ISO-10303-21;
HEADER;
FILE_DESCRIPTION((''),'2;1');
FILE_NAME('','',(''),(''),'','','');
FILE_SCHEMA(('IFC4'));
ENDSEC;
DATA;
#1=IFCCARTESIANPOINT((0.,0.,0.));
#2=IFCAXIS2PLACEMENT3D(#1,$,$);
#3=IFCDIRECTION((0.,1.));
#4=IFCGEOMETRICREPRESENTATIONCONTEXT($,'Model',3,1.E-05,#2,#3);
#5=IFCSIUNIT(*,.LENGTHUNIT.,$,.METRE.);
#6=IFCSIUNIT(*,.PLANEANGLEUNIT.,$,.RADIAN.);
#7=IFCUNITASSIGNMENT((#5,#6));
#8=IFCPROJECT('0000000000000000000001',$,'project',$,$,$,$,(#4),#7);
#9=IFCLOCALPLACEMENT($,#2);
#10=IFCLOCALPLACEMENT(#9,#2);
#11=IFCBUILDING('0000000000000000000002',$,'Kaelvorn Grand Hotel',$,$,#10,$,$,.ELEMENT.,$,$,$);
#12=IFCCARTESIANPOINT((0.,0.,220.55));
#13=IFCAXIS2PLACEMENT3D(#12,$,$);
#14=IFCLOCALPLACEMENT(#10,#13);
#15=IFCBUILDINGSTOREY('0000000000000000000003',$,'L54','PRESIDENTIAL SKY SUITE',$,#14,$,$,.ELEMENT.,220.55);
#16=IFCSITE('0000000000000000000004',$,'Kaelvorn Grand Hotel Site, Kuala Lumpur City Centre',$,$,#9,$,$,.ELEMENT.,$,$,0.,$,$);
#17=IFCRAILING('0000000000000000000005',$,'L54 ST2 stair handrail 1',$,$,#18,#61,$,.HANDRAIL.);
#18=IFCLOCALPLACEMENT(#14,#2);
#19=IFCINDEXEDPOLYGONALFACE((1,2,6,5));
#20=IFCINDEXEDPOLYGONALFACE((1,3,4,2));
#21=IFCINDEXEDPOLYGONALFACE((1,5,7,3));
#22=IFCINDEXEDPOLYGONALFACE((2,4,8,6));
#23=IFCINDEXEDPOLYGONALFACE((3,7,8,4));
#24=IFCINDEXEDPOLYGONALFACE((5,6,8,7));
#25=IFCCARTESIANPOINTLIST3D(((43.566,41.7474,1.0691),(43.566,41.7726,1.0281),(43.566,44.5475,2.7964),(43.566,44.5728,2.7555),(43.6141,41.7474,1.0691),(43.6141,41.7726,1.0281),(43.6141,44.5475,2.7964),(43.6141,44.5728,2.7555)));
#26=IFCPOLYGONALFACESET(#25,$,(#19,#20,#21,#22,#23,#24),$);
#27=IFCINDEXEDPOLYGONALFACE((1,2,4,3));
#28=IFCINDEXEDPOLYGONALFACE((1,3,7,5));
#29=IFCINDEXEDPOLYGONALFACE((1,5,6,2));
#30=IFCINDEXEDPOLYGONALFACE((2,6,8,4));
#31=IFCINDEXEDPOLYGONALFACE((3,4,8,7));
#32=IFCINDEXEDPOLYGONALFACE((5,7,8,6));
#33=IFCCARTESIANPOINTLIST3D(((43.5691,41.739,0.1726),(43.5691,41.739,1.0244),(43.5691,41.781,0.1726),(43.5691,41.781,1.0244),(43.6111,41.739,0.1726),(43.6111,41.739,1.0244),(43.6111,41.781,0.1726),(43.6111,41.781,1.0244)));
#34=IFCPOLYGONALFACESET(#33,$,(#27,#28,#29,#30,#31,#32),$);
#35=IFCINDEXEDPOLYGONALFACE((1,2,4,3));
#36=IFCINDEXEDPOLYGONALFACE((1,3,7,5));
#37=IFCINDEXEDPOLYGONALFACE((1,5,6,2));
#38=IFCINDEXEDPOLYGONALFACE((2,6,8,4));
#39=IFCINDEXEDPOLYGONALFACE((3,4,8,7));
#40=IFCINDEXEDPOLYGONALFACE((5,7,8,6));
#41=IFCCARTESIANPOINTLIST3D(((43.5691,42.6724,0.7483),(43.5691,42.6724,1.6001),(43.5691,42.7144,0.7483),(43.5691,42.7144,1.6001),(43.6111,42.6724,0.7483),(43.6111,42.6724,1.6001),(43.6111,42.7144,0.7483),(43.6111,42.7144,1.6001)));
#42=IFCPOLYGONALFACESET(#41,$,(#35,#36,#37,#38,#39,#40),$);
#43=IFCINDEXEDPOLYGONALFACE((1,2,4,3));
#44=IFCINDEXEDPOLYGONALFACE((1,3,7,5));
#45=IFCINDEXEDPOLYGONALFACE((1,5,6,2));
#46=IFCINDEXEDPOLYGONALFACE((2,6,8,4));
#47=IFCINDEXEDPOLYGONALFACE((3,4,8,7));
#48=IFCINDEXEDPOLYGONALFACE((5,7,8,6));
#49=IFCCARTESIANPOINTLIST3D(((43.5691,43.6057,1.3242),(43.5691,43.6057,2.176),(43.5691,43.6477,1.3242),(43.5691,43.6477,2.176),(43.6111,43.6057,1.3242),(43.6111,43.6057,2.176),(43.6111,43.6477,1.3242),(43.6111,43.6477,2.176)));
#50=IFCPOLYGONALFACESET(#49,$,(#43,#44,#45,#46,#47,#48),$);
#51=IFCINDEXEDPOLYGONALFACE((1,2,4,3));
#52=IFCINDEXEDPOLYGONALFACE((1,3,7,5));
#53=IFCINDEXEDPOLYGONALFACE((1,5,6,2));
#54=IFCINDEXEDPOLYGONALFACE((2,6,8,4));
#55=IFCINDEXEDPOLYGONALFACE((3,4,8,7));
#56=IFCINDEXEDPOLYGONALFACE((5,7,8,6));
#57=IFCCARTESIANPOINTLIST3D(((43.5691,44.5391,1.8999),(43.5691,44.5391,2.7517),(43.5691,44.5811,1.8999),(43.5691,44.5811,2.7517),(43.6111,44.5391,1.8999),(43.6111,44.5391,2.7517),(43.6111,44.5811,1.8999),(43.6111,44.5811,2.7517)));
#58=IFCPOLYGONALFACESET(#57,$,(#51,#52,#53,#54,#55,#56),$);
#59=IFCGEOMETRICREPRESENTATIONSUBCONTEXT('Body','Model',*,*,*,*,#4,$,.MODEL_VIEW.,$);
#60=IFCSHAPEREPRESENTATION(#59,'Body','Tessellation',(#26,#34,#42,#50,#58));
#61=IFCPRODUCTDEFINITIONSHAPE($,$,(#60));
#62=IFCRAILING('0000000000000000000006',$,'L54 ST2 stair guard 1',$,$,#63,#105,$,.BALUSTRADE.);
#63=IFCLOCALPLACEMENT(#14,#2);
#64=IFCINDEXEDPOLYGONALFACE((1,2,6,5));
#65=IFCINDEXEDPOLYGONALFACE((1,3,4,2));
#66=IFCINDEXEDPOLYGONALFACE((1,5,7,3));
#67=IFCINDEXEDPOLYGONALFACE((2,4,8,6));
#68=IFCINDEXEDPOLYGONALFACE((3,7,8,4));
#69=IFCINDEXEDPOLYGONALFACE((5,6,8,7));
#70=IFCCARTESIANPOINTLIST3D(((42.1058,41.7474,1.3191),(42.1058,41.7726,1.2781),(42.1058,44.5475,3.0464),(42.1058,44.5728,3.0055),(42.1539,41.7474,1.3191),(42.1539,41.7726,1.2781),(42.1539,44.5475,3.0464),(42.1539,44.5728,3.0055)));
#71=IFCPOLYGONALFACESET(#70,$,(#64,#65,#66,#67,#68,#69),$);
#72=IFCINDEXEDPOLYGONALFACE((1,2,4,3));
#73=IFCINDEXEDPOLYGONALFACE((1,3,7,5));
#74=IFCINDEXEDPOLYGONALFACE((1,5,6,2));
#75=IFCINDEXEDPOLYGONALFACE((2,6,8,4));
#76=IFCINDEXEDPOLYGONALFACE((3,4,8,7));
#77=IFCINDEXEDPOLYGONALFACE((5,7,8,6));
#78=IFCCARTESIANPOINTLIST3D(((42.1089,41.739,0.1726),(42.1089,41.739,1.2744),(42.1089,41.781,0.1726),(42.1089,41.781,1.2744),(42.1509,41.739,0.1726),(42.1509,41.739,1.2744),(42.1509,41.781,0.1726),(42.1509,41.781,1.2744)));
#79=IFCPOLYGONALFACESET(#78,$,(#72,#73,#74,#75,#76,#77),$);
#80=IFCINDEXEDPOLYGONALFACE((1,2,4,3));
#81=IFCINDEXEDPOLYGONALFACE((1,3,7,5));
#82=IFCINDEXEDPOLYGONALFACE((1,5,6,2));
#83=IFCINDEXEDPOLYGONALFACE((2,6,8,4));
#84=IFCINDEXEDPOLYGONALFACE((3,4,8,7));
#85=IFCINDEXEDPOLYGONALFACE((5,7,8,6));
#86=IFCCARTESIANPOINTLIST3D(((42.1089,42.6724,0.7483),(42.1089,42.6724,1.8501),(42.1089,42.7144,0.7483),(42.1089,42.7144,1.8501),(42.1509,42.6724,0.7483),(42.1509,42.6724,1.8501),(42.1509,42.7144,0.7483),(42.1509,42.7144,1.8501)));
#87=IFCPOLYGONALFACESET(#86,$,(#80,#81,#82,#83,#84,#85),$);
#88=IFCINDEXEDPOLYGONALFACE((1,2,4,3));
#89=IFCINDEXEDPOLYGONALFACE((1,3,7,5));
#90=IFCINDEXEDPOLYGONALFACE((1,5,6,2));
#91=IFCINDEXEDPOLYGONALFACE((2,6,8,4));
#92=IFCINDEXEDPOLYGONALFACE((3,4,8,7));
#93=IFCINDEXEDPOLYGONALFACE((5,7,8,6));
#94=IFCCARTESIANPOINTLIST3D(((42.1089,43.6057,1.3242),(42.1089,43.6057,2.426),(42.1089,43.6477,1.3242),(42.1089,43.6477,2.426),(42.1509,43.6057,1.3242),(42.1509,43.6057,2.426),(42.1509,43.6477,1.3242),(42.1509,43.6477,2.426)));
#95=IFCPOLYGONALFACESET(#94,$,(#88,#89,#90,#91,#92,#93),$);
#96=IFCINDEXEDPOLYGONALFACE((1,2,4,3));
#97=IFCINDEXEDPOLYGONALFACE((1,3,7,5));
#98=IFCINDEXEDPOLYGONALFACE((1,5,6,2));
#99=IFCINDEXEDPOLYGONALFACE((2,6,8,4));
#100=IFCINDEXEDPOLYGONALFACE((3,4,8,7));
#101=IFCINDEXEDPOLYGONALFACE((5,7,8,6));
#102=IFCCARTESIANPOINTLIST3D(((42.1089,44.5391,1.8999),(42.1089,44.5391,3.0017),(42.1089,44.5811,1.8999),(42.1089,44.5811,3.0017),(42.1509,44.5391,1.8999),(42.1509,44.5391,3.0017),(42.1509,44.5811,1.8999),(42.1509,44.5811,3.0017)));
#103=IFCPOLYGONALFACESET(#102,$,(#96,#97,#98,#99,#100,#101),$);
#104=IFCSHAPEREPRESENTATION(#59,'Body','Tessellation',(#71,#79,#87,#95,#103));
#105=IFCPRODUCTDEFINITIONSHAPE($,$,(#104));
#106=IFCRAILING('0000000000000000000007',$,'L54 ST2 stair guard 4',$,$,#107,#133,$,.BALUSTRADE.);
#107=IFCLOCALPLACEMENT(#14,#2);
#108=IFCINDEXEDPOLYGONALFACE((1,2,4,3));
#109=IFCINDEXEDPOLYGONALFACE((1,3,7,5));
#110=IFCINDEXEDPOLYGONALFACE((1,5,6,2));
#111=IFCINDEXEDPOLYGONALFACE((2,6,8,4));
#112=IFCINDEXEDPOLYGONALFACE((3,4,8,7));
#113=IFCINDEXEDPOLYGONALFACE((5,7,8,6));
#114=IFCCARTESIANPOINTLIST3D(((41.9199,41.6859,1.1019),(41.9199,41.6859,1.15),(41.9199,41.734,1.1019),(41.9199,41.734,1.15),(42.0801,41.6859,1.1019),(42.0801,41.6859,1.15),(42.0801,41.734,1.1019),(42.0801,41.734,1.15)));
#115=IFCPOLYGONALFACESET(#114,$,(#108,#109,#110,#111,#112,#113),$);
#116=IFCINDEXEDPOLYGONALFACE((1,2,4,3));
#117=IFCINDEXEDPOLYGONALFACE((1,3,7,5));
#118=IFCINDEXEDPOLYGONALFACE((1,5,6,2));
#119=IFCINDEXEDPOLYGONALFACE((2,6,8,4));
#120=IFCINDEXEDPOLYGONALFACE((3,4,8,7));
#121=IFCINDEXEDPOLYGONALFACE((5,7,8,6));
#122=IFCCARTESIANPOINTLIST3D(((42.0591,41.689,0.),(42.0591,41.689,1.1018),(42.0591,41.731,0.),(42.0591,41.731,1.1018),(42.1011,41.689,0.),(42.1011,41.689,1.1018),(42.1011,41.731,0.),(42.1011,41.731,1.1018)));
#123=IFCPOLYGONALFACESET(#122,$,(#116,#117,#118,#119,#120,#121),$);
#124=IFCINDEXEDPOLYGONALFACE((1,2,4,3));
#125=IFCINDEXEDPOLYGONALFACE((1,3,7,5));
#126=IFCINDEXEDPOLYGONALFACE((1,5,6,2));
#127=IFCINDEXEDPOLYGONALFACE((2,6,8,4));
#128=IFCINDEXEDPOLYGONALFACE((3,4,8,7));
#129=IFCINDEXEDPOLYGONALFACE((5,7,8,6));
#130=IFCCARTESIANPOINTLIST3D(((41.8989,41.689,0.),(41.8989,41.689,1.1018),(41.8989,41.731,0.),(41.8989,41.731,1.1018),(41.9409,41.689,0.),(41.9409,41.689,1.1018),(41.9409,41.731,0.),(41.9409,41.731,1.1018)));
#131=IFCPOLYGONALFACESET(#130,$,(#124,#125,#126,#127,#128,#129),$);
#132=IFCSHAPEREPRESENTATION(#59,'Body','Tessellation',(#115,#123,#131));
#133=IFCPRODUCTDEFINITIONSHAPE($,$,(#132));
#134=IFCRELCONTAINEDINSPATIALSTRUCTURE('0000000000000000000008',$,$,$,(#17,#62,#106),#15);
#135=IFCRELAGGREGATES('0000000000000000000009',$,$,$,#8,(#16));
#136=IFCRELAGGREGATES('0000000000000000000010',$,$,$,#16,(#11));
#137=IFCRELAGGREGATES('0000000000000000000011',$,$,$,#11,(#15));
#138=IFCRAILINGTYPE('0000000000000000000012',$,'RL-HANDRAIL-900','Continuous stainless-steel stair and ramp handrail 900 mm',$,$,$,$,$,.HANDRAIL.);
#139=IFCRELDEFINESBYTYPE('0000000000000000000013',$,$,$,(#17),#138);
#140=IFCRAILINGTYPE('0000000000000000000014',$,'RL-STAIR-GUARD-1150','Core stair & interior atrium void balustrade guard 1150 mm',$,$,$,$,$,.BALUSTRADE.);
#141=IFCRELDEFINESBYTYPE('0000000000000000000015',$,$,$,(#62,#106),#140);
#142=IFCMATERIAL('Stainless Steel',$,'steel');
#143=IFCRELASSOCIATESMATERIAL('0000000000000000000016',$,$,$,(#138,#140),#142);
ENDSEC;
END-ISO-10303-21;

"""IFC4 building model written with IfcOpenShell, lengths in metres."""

from ifc_helpers import new_model, si_unit, direction, frame, origin, origin_2d, place, context, subcontext, project, spatial, rectangle, extrude, material, type_object, element, save


model = new_model("IFC4")

# Units and contexts
model_context = context("Model", 3, precision=1e-05, world=origin(), true_north=direction((0.0, 1.0)))
body_context = subcontext(model_context, "Body", "Model", "MODEL_VIEW")
ifc_project = project(units=[si_unit("LENGTHUNIT", "METRE"), si_unit("PLANEANGLEUNIT", "RADIAN")], contexts=[model_context])

# Site, building, storey
site_placement = place(None, origin())
site = spatial("IfcSite", under=ifc_project, at=site_placement, Name="Kaelvorn Grand Hotel Site, Kuala Lumpur City Centre", CompositionType="ELEMENT", RefElevation=0.0)
building_placement = place(site_placement, origin())
building = spatial("IfcBuilding", under=site, at=building_placement, Name="Kaelvorn Grand Hotel", CompositionType="ELEMENT")
storey_placement = place(building_placement, frame((0.0, 0.0, 220.55)))
storey = spatial("IfcBuildingStorey", under=building, at=storey_placement, Name="L54", Description="PRESIDENTIAL SKY SUITE", CompositionType="ELEMENT", Elevation=220.55)

# Shared definitions
ifc_material_1 = material(Name="Stainless Steel", Category="steel")

# Railings
railing_type_1 = type_object("IfcRailingType", Name="RL-HANDRAIL-900", Description="Continuous stainless-steel stair and ramp handrail 900 mm", PredefinedType="HANDRAIL", material=ifc_material_1)
railing_1_placement = place(storey_placement, frame((43.5901, 41.76, 0.1726)))
element("IfcRailing", 1, at=railing_1_placement, inside=storey, type_object=railing_type_1, Name="L54 ST2 stair handrail 1", PredefinedType="HANDRAIL", context=body_context, shape_type="SweptSolid", body=[
    extrude(rectangle(XDim=0.0481, YDim=0.0481, at=origin_2d()), frame((0.0, 0.0, 0.876), z_axis=(0.0, 0.85109, 0.52502), x_axis=(-1.0, 0.0, 0.0)), (0.0, 0.0, 1.0), 3.29),
    extrude(rectangle(XDim=0.042, YDim=0.042, at=origin_2d()), origin(), (0.0, 0.0, 1.0), 0.8518),
    extrude(rectangle(XDim=0.042, YDim=0.042, at=origin_2d()), frame((0.0, 0.9333, 0.5757)), (0.0, 0.0, 1.0), 0.8518),
    extrude(rectangle(XDim=0.042, YDim=0.042, at=origin_2d()), frame((0.0, 1.8667, 1.1516)), (0.0, 0.0, 1.0), 0.8518),
    extrude(rectangle(XDim=0.042, YDim=0.042, at=origin_2d()), frame((0.0, 2.8, 1.7273)), (0.0, 0.0, 1.0), 0.8518),
])
railing_type_2 = type_object("IfcRailingType", Name="RL-STAIR-GUARD-1150", Description="Core stair & interior atrium void balustrade guard 1150 mm", PredefinedType="BALUSTRADE", material=ifc_material_1)
railing_2_placement = place(storey_placement, frame((42.1299, 41.76, 0.1726)))
element("IfcRailing", 2, at=railing_2_placement, inside=storey, type_object=railing_type_2, Name="L54 ST2 stair guard 1", PredefinedType="BALUSTRADE", context=body_context, shape_type="SweptSolid", body=[
    extrude(rectangle(XDim=0.0481, YDim=0.0481, at=origin_2d()), frame((0.0, 0.0, 1.126), z_axis=(0.0, 0.85109, 0.52502), x_axis=(-1.0, 0.0, 0.0)), (0.0, 0.0, 1.0), 3.29),
    extrude(rectangle(XDim=0.042, YDim=0.042, at=origin_2d()), origin(), (0.0, 0.0, 1.0), 1.1018),
    extrude(rectangle(XDim=0.042, YDim=0.042, at=origin_2d()), frame((0.0, 0.9333, 0.5757)), (0.0, 0.0, 1.0), 1.1018),
    extrude(rectangle(XDim=0.042, YDim=0.042, at=origin_2d()), frame((0.0, 1.8667, 1.1516)), (0.0, 0.0, 1.0), 1.1018),
    extrude(rectangle(XDim=0.042, YDim=0.042, at=origin_2d()), frame((0.0, 2.8, 1.7273)), (0.0, 0.0, 1.0), 1.1018),
])
railing_3_placement = place(storey_placement, frame((42.0801, 41.71, 0.0)))
element("IfcRailing", 3, at=railing_3_placement, inside=storey, type_object=railing_type_2, Name="L54 ST2 stair guard 4", PredefinedType="BALUSTRADE", context=body_context, shape_type="SweptSolid", body=[
    extrude(rectangle(XDim=0.0481, YDim=0.0481, at=origin_2d()), frame((0.0, 0.0, 1.126), z_axis=(-1.0, 0.0, 0.0), x_axis=(0.0, -1.0, 0.0)), (0.0, 0.0, 1.0), 0.1602),
    extrude(rectangle(XDim=0.042, YDim=0.042, at=origin_2d()), origin(), (0.0, 0.0, 1.0), 1.1018),
    extrude(rectangle(XDim=0.042, YDim=0.042, at=origin_2d()), frame((-0.1602, 0.0, 0.0)), (0.0, 0.0, 1.0), 1.1018),
])

save(model, "model.ifc")
